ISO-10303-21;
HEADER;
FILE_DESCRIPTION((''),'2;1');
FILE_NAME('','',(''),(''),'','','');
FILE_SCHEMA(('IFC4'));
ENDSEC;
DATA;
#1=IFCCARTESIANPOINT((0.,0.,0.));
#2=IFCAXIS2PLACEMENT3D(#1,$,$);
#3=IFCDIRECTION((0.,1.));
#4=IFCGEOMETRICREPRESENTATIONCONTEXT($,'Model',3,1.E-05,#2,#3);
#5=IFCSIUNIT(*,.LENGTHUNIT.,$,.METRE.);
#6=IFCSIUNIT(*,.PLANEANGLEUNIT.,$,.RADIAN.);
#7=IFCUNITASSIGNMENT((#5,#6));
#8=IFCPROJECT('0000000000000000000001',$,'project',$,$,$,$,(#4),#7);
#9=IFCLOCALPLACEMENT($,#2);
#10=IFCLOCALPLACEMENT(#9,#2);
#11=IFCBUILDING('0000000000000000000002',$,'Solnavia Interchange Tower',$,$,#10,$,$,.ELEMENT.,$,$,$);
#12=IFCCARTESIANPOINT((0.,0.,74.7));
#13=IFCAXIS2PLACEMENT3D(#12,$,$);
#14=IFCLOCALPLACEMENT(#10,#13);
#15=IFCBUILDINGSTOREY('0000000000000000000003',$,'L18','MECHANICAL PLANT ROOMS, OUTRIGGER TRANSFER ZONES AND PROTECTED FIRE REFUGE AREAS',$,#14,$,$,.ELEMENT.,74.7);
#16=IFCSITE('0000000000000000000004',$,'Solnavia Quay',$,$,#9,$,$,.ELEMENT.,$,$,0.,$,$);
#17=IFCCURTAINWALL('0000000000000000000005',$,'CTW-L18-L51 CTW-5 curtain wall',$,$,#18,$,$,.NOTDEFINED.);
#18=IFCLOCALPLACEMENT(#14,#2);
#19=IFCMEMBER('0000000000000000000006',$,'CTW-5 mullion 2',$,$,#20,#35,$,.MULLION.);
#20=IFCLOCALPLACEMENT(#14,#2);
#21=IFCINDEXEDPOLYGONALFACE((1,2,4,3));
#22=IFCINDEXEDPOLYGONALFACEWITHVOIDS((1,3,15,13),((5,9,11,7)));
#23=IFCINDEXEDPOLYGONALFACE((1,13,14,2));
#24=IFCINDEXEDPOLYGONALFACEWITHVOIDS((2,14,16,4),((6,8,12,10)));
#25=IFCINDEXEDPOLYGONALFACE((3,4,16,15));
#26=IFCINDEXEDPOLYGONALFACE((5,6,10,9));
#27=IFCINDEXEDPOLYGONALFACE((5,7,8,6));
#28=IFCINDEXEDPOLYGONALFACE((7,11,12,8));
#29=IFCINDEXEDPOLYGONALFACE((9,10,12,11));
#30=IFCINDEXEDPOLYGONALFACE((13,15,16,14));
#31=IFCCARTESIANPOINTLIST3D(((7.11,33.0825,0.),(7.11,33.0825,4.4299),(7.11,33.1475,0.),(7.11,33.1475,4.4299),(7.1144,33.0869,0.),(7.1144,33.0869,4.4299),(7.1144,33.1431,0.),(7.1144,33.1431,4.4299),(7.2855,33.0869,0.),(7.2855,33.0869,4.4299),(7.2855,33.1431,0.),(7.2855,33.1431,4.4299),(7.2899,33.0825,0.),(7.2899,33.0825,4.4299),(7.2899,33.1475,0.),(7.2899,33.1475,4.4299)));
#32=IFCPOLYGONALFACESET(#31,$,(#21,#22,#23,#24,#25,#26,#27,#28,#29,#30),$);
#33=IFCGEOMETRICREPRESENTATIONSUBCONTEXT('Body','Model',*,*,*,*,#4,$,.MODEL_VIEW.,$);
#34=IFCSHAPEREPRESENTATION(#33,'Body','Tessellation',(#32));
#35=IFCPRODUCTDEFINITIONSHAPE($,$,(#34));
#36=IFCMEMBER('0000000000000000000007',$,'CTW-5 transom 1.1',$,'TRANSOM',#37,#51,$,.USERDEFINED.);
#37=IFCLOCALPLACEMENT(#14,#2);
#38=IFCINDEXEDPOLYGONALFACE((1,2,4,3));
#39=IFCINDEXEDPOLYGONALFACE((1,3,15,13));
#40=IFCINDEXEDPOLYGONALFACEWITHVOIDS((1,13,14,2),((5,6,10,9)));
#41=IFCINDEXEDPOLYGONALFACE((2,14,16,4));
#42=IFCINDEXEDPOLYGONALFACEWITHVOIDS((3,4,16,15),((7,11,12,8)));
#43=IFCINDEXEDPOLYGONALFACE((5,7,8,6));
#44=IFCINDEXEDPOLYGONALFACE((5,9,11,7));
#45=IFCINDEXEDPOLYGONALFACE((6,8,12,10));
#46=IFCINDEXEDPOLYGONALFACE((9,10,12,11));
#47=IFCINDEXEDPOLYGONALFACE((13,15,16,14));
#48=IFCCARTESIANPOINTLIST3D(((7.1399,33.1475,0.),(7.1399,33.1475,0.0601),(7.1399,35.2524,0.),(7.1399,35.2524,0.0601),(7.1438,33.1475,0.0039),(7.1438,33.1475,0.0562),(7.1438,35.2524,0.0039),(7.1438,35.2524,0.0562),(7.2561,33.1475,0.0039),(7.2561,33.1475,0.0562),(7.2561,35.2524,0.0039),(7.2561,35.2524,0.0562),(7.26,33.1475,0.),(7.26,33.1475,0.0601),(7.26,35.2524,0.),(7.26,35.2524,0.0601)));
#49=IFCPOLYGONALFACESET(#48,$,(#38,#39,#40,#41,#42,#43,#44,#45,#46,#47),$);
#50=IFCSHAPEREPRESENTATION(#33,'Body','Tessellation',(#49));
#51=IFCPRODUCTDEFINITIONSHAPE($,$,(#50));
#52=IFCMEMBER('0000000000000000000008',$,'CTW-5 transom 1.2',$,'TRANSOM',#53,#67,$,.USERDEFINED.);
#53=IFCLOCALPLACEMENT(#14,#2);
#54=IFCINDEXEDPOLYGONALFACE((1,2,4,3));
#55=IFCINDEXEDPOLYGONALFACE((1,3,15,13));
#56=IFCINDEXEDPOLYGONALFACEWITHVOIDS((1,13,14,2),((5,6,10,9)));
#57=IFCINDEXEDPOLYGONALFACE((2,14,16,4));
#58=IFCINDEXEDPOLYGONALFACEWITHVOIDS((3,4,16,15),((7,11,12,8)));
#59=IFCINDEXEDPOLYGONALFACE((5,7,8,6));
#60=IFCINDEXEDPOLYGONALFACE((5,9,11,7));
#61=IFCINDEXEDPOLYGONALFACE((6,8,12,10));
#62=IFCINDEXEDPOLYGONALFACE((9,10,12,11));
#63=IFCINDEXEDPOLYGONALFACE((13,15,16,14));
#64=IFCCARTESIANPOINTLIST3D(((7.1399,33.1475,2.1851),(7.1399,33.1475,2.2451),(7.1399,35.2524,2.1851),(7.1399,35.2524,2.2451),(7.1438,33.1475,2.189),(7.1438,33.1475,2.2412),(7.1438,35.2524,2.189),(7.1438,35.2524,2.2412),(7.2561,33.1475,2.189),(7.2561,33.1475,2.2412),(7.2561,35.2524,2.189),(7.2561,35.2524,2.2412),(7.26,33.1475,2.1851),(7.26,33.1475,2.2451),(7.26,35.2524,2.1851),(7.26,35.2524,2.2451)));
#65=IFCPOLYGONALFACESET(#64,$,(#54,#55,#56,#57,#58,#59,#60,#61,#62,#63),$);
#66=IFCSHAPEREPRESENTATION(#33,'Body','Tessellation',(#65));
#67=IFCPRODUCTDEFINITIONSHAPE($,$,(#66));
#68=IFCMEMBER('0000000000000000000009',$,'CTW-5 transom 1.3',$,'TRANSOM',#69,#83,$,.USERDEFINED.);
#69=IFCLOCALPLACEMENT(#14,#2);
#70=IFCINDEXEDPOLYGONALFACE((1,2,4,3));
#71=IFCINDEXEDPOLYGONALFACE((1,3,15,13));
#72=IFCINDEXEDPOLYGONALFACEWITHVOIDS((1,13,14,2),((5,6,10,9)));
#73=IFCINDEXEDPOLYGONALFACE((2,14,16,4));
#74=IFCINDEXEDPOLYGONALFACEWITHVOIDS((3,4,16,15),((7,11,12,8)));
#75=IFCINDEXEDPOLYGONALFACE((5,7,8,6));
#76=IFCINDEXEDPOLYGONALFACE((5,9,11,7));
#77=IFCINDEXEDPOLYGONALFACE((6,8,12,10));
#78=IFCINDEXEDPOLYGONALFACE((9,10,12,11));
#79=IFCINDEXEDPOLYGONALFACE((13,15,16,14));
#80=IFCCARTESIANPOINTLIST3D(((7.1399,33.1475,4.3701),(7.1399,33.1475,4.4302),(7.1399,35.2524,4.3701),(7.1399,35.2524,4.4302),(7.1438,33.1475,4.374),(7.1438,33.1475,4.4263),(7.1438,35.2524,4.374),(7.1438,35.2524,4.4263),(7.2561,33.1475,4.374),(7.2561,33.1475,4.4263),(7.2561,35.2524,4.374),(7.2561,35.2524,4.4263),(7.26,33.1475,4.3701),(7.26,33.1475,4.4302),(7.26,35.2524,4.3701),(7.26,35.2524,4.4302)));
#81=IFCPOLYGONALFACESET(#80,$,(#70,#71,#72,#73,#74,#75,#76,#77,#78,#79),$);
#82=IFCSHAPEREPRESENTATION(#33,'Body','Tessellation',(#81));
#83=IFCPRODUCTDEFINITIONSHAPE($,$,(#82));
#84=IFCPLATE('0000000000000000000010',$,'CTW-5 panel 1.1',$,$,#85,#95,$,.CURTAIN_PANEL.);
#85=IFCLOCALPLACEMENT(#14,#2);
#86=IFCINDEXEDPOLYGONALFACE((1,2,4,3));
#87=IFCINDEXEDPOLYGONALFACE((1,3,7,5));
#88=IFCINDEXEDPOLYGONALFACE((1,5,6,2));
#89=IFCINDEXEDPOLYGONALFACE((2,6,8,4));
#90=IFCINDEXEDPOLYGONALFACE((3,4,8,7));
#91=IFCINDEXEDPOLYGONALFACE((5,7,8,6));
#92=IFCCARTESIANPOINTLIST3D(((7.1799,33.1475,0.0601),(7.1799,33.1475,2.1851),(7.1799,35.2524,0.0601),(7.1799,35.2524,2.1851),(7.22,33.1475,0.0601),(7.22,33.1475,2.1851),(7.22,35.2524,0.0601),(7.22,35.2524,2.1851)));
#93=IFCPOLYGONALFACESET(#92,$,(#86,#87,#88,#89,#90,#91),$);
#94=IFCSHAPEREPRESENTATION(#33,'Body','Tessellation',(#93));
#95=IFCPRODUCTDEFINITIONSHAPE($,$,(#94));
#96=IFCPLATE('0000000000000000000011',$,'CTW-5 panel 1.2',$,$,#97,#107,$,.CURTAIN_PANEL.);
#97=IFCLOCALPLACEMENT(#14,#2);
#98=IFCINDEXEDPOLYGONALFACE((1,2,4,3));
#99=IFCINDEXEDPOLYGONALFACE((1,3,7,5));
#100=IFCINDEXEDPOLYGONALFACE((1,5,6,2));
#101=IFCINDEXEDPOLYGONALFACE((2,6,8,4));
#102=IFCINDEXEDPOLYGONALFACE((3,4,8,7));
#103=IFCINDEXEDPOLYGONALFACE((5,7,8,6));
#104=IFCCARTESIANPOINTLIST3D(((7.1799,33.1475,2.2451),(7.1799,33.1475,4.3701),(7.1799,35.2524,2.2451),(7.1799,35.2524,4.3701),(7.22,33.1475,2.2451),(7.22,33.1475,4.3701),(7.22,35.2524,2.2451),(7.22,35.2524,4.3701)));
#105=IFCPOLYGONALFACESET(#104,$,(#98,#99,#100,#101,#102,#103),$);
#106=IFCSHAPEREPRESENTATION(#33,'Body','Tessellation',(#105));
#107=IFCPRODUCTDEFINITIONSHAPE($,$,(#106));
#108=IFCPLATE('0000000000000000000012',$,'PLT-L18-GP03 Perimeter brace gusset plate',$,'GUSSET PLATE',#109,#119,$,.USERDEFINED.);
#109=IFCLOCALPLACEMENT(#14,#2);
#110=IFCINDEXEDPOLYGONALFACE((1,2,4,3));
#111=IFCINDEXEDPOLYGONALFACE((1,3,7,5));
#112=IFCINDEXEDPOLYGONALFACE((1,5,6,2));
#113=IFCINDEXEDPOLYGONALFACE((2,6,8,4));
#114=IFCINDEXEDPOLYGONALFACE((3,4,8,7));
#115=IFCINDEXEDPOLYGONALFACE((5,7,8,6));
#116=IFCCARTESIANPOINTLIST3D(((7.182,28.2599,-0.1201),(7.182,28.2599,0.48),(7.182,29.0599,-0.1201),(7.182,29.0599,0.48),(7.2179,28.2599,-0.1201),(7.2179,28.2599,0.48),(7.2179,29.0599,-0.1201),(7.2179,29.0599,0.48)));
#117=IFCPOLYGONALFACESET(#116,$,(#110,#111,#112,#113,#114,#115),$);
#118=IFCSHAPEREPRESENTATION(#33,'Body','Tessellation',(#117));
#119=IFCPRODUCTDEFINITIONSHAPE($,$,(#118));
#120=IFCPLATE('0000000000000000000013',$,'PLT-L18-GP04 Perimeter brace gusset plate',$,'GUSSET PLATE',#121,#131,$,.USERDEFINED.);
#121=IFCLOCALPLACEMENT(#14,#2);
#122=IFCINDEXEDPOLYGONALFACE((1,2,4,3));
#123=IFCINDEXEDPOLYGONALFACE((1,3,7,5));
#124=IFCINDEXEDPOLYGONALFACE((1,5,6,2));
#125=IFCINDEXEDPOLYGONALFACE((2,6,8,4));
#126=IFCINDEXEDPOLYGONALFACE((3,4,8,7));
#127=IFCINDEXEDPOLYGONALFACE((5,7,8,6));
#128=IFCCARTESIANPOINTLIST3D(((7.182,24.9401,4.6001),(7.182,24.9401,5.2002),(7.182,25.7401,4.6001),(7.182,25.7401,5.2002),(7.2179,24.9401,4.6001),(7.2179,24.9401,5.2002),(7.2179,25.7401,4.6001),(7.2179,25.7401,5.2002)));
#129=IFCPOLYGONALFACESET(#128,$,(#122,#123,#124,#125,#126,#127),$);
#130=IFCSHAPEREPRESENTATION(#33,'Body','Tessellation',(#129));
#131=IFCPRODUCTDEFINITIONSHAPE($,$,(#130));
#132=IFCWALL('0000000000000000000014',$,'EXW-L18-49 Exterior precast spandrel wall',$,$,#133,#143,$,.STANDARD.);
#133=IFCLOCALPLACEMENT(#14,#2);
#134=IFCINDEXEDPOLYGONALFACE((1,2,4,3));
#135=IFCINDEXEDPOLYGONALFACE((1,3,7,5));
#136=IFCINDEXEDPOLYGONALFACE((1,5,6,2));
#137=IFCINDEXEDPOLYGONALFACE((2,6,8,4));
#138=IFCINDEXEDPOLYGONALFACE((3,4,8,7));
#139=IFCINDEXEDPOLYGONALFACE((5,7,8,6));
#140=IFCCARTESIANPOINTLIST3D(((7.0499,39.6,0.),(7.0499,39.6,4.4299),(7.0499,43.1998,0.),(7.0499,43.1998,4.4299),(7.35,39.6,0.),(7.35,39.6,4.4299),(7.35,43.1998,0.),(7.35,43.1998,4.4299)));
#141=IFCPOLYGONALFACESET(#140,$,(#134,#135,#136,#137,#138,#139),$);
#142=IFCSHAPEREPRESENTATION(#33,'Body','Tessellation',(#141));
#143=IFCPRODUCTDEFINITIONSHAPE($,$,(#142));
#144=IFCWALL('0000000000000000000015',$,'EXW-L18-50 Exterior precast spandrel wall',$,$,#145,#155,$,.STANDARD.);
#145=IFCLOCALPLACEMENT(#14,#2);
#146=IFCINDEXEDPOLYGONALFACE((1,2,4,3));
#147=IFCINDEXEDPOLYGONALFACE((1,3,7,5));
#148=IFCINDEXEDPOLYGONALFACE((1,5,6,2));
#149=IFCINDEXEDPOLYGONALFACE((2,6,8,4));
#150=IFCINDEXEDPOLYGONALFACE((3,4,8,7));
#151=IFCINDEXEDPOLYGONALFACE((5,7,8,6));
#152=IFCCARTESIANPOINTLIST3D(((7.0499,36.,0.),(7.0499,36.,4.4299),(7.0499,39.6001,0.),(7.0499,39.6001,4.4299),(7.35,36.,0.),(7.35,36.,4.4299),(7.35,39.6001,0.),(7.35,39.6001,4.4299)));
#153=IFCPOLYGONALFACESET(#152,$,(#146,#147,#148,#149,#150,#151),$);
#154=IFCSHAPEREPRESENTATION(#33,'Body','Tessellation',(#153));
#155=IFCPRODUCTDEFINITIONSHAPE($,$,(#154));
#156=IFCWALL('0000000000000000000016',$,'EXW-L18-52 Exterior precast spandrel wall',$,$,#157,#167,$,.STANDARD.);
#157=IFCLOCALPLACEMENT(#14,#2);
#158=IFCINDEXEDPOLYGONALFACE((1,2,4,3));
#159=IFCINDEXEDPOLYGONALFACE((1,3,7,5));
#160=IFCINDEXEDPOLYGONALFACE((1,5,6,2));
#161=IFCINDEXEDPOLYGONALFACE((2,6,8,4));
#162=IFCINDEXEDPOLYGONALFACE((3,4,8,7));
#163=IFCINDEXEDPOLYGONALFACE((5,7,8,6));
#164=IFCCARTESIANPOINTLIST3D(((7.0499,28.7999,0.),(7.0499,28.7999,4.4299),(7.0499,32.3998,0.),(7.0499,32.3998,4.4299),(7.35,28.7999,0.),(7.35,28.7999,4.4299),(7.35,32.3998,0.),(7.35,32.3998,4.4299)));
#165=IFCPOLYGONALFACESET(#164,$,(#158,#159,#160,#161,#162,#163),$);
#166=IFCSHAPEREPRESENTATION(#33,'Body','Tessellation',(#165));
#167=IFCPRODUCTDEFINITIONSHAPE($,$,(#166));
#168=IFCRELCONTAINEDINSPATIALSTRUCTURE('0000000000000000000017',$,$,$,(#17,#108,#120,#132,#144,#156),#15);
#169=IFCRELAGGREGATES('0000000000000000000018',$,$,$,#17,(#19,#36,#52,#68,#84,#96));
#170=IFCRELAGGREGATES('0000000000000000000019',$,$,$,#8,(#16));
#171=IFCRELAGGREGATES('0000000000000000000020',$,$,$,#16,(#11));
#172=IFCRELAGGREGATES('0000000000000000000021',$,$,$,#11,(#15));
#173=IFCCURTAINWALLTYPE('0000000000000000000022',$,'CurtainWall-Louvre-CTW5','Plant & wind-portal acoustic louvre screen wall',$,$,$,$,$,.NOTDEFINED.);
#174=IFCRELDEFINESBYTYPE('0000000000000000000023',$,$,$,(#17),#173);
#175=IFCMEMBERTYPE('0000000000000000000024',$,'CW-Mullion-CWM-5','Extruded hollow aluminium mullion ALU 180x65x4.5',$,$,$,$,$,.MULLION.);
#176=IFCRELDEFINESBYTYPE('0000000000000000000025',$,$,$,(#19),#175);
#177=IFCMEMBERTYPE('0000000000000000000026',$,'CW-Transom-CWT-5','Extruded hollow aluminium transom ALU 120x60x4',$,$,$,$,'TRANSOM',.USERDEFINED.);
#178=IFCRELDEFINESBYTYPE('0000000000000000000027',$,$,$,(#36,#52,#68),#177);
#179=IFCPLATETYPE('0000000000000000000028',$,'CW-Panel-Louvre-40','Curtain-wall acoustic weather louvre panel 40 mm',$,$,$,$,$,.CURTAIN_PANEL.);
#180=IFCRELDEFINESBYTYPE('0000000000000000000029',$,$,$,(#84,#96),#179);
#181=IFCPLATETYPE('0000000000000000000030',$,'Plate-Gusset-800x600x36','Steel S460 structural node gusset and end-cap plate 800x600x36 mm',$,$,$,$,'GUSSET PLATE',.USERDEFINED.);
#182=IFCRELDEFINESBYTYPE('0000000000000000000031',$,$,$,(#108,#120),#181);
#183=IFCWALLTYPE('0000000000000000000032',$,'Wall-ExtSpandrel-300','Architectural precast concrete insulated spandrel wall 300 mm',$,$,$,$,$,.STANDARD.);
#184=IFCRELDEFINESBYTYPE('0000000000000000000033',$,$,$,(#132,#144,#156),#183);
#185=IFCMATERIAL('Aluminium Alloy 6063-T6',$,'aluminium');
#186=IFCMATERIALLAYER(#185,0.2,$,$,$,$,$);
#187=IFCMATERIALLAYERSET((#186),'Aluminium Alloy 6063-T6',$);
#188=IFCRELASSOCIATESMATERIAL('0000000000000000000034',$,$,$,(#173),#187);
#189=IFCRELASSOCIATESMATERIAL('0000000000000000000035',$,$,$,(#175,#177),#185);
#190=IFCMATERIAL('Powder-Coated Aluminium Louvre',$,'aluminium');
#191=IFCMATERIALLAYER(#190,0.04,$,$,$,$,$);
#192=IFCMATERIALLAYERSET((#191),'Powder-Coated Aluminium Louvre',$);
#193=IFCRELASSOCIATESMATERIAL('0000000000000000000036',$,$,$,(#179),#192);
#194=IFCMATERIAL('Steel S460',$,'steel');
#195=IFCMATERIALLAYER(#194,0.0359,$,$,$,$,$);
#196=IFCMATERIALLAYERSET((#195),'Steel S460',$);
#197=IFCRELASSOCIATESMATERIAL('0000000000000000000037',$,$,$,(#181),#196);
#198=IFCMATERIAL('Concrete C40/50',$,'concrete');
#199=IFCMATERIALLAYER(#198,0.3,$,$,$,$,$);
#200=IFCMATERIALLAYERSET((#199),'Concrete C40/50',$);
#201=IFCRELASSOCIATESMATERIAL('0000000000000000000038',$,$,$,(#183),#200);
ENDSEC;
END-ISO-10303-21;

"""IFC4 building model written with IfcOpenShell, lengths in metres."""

from ifc_helpers import new_model, si_unit, direction, frame, frame_2d, origin, origin_2d, place, context, subcontext, project, spatial, rectangle, hollow_rectangle, extrude, material, layer, layer_set, material_profile, profile_set, type_object, element, aggregate, save


model = new_model("IFC4")

# Units and contexts
model_context = context("Model", 3, precision=1e-05, world=origin(), true_north=direction((0.0, 1.0)))
body_context = subcontext(model_context, "Body", "Model", "MODEL_VIEW")
ifc_project = project(units=[si_unit("LENGTHUNIT", "METRE"), si_unit("PLANEANGLEUNIT", "RADIAN")], contexts=[model_context])

# Site, building, storey
site_placement = place(None, origin())
site = spatial("IfcSite", under=ifc_project, at=site_placement, Name="Solnavia Quay", CompositionType="ELEMENT", RefElevation=0.0)
building_placement = place(site_placement, origin())
building = spatial("IfcBuilding", under=site, at=building_placement, Name="Solnavia Interchange Tower", CompositionType="ELEMENT")
storey_placement = place(building_placement, frame((0.0, 0.0, 74.7)))
storey = spatial("IfcBuildingStorey", under=building, at=storey_placement, Name="L18", Description="MECHANICAL PLANT ROOMS, OUTRIGGER TRANSFER ZONES AND PROTECTED FIRE REFUGE AREAS", CompositionType="ELEMENT", Elevation=74.7)

# Shared definitions
ifc_material_1 = material(Name="Steel S460", Category="steel")

# Curtain wall, members, plates
ifc_material_2 = material(Name="Aluminium Alloy 6063-T6", Category="aluminium")
ifc_layer_1 = layer(ifc_material_2, 0.2)
ifc_layer_set_1 = layer_set([ifc_layer_1], Name="Aluminium Alloy 6063-T6")
curtain_wall_type = type_object("IfcCurtainWallType", Name="CurtainWall-Louvre-CTW5", Description="Plant & wind-portal acoustic louvre screen wall", PredefinedType="NOTDEFINED", material=ifc_layer_set_1)
curtain_wall_placement = place(storey_placement, origin())
curtain_wall = element("IfcCurtainWall", 1, at=curtain_wall_placement, inside=storey, type_object=curtain_wall_type, Name="CTW-L18-L51 CTW-5 curtain wall", PredefinedType="NOTDEFINED")
ifc_material_profile_1 = material_profile(ifc_material_2, hollow_rectangle(XDim=0.0649, YDim=0.1799, WallThickness=0.0044, at=origin_2d()), Name="ALU 180x65x4.5")
ifc_profile_set_1 = profile_set([ifc_material_profile_1], Name="Aluminium Alloy 6063-T6")
member_type_1 = type_object("IfcMemberType", Name="CW-Mullion-CWM-5", Description="Extruded hollow aluminium mullion ALU 180x65x4.5", PredefinedType="MULLION", material=ifc_profile_set_1)
member_1_placement = place(storey_placement, frame((7.2, 33.115, 0.0), z_axis=(0.0, 0.0, 1.0), x_axis=(0.0, -1.0, 0.0)))
member_1 = element("IfcMember", 2, at=member_1_placement, type_object=member_type_1, Name="CTW-5 mullion 2", PredefinedType="MULLION", context=body_context, shape_type="SweptSolid", body=[
    extrude(hollow_rectangle(XDim=0.0649, YDim=0.1799, WallThickness=0.0044, at=origin_2d()), origin(), (0.0, 0.0, 1.0), 4.4299),
])
ifc_material_profile_2 = material_profile(ifc_material_2, hollow_rectangle(XDim=0.0601, YDim=0.1201, WallThickness=0.0039, at=origin_2d()), Name="ALU 120x60x4")
ifc_profile_set_2 = profile_set([ifc_material_profile_2], Name="Aluminium Alloy 6063-T6")
member_type_2 = type_object("IfcMemberType", Name="CW-Transom-CWT-5", Description="Extruded hollow aluminium transom ALU 120x60x4", ElementType="TRANSOM", PredefinedType="USERDEFINED", material=ifc_profile_set_2)
member_2_placement = place(storey_placement, frame((7.2, 35.2524, 0.03), z_axis=(0.0, -1.0, 0.0), x_axis=(0.0, 0.0, 1.0)))
member_2 = element("IfcMember", 3, at=member_2_placement, type_object=member_type_2, Name="CTW-5 transom 1.1", ObjectType="TRANSOM", PredefinedType="USERDEFINED", context=body_context, shape_type="SweptSolid", body=[
    extrude(hollow_rectangle(XDim=0.0601, YDim=0.1201, WallThickness=0.0039, at=origin_2d()), origin(), (0.0, 0.0, 1.0), 2.105),
])
member_3_placement = place(storey_placement, frame((7.2, 35.2524, 2.2151), z_axis=(0.0, -1.0, 0.0), x_axis=(0.0, 0.0, 1.0)))
member_3 = element("IfcMember", 4, at=member_3_placement, type_object=member_type_2, Name="CTW-5 transom 1.2", ObjectType="TRANSOM", PredefinedType="USERDEFINED", context=body_context, shape_type="SweptSolid", body=[
    extrude(hollow_rectangle(XDim=0.0601, YDim=0.1201, WallThickness=0.0039, at=origin_2d()), origin(), (0.0, 0.0, 1.0), 2.105),
])
member_4_placement = place(storey_placement, frame((7.2, 35.2524, 4.4001), z_axis=(0.0, -1.0, 0.0), x_axis=(0.0, 0.0, 1.0)))
member_4 = element("IfcMember", 5, at=member_4_placement, type_object=member_type_2, Name="CTW-5 transom 1.3", ObjectType="TRANSOM", PredefinedType="USERDEFINED", context=body_context, shape_type="SweptSolid", body=[
    extrude(hollow_rectangle(XDim=0.0601, YDim=0.1201, WallThickness=0.0039, at=origin_2d()), origin(), (0.0, 0.0, 1.0), 2.105),
])
ifc_material_3 = material(Name="Powder-Coated Aluminium Louvre", Category="aluminium")
ifc_layer_2 = layer(ifc_material_3, 0.04)
ifc_layer_set_2 = layer_set([ifc_layer_2], Name="Powder-Coated Aluminium Louvre")
plate_type_1 = type_object("IfcPlateType", Name="CW-Panel-Louvre-40", Description="Curtain-wall acoustic weather louvre panel 40 mm", PredefinedType="CURTAIN_PANEL", material=ifc_layer_set_2)
plate_1_placement = place(storey_placement, frame((7.2, 34.2, 0.0601), z_axis=(0.0, 0.0, 1.0), x_axis=(0.0, -1.0, 0.0)))
plate_1 = element("IfcPlate", 6, at=plate_1_placement, type_object=plate_type_1, Name="CTW-5 panel 1.1", PredefinedType="CURTAIN_PANEL", context=body_context, shape_type="SweptSolid", body=[
    extrude(rectangle(XDim=2.105, YDim=0.04, at=origin_2d()), origin(), (0.0, 0.0, 1.0), 2.125),
])
plate_2_placement = place(storey_placement, frame((7.2, 34.2, 2.2451), z_axis=(0.0, 0.0, 1.0), x_axis=(0.0, -1.0, 0.0)))
plate_2 = element("IfcPlate", 7, at=plate_2_placement, type_object=plate_type_1, Name="CTW-5 panel 1.2", PredefinedType="CURTAIN_PANEL", context=body_context, shape_type="SweptSolid", body=[
    extrude(rectangle(XDim=2.105, YDim=0.04, at=origin_2d()), origin(), (0.0, 0.0, 1.0), 2.125),
])
aggregate(curtain_wall, [member_1, member_2, member_3, member_4, plate_1, plate_2])

# Plates
ifc_layer_3 = layer(ifc_material_1, 0.0359)
ifc_layer_set_3 = layer_set([ifc_layer_3], Name="Steel S460")
plate_type_2 = type_object("IfcPlateType", Name="Plate-Gusset-800x600x36", Description="Steel S460 structural node gusset and end-cap plate 800x600x36 mm", ElementType="GUSSET PLATE", PredefinedType="USERDEFINED", material=ifc_layer_set_3)
for number, where, z_axis, x_axis, name in (
    (8, (7.2, 28.6599, -0.1201), (0.0, 0.0, 1.0), (0.0, -1.0, 0.0), "PLT-L18-GP03 Perimeter brace gusset plate"),
    (9, (7.2, 25.3401, 4.6001), (0.0, 0.0, 1.0), (0.0, -1.0, 0.0), "PLT-L18-GP04 Perimeter brace gusset plate"),
):
    element("IfcPlate", number, at=place(storey_placement, frame(where, z_axis=z_axis, x_axis=x_axis)), inside=storey, type_object=plate_type_2, Name=name, ObjectType="GUSSET PLATE", PredefinedType="USERDEFINED", context=body_context, shape_type="SweptSolid", body=[
        extrude(rectangle(XDim=0.8, YDim=0.0359, at=origin_2d()), origin(), (0.0, 0.0, 1.0), 0.6001),
    ])

# Walls
ifc_material_4 = material(Name="Concrete C40/50", Category="concrete")
ifc_layer_4 = layer(ifc_material_4, 0.3)
ifc_layer_set_4 = layer_set([ifc_layer_4], Name="Concrete C40/50")
wall_type_1 = type_object("IfcWallType", Name="Wall-ExtSpandrel-300", Description="Architectural precast concrete insulated spandrel wall 300 mm", PredefinedType="STANDARD", material=ifc_layer_set_4)
wall_1_placement = place(storey_placement, frame((7.2, 39.6001, 0.0), z_axis=(0.0, 0.0, 1.0), x_axis=(0.0, 1.0, 0.0)))
element("IfcWall", 10, at=wall_1_placement, inside=storey, type_object=wall_type_1, Name="EXW-L18-49 Exterior precast spandrel wall", PredefinedType="STANDARD", context=body_context, shape_type="SweptSolid", body=[
    extrude(rectangle(XDim=3.5999, YDim=0.3, at=frame_2d((1.7998, 0.0))), origin(), (0.0, 0.0, 1.0), 4.4299),
])
wall_2_placement = place(storey_placement, frame((7.2, 36.0, 0.0), z_axis=(0.0, 0.0, 1.0), x_axis=(0.0, 1.0, 0.0)))
element("IfcWall", 11, at=wall_2_placement, inside=storey, type_object=wall_type_1, Name="EXW-L18-50 Exterior precast spandrel wall", PredefinedType="STANDARD", context=body_context, shape_type="SweptSolid", body=[
    extrude(rectangle(XDim=3.6001, YDim=0.3, at=frame_2d((1.8, 0.0))), origin(), (0.0, 0.0, 1.0), 4.4299),
])
wall_3_placement = place(storey_placement, frame((7.2, 28.8, 0.0), z_axis=(0.0, 0.0, 1.0), x_axis=(0.0, 1.0, 0.0)))
element("IfcWall", 12, at=wall_3_placement, inside=storey, type_object=wall_type_1, Name="EXW-L18-52 Exterior precast spandrel wall", PredefinedType="STANDARD", context=body_context, shape_type="SweptSolid", body=[
    extrude(rectangle(XDim=3.5999, YDim=0.3, at=frame_2d((1.7998, 0.0))), origin(), (0.0, 0.0, 1.0), 4.4299),
])

save(model, "model.ifc")
